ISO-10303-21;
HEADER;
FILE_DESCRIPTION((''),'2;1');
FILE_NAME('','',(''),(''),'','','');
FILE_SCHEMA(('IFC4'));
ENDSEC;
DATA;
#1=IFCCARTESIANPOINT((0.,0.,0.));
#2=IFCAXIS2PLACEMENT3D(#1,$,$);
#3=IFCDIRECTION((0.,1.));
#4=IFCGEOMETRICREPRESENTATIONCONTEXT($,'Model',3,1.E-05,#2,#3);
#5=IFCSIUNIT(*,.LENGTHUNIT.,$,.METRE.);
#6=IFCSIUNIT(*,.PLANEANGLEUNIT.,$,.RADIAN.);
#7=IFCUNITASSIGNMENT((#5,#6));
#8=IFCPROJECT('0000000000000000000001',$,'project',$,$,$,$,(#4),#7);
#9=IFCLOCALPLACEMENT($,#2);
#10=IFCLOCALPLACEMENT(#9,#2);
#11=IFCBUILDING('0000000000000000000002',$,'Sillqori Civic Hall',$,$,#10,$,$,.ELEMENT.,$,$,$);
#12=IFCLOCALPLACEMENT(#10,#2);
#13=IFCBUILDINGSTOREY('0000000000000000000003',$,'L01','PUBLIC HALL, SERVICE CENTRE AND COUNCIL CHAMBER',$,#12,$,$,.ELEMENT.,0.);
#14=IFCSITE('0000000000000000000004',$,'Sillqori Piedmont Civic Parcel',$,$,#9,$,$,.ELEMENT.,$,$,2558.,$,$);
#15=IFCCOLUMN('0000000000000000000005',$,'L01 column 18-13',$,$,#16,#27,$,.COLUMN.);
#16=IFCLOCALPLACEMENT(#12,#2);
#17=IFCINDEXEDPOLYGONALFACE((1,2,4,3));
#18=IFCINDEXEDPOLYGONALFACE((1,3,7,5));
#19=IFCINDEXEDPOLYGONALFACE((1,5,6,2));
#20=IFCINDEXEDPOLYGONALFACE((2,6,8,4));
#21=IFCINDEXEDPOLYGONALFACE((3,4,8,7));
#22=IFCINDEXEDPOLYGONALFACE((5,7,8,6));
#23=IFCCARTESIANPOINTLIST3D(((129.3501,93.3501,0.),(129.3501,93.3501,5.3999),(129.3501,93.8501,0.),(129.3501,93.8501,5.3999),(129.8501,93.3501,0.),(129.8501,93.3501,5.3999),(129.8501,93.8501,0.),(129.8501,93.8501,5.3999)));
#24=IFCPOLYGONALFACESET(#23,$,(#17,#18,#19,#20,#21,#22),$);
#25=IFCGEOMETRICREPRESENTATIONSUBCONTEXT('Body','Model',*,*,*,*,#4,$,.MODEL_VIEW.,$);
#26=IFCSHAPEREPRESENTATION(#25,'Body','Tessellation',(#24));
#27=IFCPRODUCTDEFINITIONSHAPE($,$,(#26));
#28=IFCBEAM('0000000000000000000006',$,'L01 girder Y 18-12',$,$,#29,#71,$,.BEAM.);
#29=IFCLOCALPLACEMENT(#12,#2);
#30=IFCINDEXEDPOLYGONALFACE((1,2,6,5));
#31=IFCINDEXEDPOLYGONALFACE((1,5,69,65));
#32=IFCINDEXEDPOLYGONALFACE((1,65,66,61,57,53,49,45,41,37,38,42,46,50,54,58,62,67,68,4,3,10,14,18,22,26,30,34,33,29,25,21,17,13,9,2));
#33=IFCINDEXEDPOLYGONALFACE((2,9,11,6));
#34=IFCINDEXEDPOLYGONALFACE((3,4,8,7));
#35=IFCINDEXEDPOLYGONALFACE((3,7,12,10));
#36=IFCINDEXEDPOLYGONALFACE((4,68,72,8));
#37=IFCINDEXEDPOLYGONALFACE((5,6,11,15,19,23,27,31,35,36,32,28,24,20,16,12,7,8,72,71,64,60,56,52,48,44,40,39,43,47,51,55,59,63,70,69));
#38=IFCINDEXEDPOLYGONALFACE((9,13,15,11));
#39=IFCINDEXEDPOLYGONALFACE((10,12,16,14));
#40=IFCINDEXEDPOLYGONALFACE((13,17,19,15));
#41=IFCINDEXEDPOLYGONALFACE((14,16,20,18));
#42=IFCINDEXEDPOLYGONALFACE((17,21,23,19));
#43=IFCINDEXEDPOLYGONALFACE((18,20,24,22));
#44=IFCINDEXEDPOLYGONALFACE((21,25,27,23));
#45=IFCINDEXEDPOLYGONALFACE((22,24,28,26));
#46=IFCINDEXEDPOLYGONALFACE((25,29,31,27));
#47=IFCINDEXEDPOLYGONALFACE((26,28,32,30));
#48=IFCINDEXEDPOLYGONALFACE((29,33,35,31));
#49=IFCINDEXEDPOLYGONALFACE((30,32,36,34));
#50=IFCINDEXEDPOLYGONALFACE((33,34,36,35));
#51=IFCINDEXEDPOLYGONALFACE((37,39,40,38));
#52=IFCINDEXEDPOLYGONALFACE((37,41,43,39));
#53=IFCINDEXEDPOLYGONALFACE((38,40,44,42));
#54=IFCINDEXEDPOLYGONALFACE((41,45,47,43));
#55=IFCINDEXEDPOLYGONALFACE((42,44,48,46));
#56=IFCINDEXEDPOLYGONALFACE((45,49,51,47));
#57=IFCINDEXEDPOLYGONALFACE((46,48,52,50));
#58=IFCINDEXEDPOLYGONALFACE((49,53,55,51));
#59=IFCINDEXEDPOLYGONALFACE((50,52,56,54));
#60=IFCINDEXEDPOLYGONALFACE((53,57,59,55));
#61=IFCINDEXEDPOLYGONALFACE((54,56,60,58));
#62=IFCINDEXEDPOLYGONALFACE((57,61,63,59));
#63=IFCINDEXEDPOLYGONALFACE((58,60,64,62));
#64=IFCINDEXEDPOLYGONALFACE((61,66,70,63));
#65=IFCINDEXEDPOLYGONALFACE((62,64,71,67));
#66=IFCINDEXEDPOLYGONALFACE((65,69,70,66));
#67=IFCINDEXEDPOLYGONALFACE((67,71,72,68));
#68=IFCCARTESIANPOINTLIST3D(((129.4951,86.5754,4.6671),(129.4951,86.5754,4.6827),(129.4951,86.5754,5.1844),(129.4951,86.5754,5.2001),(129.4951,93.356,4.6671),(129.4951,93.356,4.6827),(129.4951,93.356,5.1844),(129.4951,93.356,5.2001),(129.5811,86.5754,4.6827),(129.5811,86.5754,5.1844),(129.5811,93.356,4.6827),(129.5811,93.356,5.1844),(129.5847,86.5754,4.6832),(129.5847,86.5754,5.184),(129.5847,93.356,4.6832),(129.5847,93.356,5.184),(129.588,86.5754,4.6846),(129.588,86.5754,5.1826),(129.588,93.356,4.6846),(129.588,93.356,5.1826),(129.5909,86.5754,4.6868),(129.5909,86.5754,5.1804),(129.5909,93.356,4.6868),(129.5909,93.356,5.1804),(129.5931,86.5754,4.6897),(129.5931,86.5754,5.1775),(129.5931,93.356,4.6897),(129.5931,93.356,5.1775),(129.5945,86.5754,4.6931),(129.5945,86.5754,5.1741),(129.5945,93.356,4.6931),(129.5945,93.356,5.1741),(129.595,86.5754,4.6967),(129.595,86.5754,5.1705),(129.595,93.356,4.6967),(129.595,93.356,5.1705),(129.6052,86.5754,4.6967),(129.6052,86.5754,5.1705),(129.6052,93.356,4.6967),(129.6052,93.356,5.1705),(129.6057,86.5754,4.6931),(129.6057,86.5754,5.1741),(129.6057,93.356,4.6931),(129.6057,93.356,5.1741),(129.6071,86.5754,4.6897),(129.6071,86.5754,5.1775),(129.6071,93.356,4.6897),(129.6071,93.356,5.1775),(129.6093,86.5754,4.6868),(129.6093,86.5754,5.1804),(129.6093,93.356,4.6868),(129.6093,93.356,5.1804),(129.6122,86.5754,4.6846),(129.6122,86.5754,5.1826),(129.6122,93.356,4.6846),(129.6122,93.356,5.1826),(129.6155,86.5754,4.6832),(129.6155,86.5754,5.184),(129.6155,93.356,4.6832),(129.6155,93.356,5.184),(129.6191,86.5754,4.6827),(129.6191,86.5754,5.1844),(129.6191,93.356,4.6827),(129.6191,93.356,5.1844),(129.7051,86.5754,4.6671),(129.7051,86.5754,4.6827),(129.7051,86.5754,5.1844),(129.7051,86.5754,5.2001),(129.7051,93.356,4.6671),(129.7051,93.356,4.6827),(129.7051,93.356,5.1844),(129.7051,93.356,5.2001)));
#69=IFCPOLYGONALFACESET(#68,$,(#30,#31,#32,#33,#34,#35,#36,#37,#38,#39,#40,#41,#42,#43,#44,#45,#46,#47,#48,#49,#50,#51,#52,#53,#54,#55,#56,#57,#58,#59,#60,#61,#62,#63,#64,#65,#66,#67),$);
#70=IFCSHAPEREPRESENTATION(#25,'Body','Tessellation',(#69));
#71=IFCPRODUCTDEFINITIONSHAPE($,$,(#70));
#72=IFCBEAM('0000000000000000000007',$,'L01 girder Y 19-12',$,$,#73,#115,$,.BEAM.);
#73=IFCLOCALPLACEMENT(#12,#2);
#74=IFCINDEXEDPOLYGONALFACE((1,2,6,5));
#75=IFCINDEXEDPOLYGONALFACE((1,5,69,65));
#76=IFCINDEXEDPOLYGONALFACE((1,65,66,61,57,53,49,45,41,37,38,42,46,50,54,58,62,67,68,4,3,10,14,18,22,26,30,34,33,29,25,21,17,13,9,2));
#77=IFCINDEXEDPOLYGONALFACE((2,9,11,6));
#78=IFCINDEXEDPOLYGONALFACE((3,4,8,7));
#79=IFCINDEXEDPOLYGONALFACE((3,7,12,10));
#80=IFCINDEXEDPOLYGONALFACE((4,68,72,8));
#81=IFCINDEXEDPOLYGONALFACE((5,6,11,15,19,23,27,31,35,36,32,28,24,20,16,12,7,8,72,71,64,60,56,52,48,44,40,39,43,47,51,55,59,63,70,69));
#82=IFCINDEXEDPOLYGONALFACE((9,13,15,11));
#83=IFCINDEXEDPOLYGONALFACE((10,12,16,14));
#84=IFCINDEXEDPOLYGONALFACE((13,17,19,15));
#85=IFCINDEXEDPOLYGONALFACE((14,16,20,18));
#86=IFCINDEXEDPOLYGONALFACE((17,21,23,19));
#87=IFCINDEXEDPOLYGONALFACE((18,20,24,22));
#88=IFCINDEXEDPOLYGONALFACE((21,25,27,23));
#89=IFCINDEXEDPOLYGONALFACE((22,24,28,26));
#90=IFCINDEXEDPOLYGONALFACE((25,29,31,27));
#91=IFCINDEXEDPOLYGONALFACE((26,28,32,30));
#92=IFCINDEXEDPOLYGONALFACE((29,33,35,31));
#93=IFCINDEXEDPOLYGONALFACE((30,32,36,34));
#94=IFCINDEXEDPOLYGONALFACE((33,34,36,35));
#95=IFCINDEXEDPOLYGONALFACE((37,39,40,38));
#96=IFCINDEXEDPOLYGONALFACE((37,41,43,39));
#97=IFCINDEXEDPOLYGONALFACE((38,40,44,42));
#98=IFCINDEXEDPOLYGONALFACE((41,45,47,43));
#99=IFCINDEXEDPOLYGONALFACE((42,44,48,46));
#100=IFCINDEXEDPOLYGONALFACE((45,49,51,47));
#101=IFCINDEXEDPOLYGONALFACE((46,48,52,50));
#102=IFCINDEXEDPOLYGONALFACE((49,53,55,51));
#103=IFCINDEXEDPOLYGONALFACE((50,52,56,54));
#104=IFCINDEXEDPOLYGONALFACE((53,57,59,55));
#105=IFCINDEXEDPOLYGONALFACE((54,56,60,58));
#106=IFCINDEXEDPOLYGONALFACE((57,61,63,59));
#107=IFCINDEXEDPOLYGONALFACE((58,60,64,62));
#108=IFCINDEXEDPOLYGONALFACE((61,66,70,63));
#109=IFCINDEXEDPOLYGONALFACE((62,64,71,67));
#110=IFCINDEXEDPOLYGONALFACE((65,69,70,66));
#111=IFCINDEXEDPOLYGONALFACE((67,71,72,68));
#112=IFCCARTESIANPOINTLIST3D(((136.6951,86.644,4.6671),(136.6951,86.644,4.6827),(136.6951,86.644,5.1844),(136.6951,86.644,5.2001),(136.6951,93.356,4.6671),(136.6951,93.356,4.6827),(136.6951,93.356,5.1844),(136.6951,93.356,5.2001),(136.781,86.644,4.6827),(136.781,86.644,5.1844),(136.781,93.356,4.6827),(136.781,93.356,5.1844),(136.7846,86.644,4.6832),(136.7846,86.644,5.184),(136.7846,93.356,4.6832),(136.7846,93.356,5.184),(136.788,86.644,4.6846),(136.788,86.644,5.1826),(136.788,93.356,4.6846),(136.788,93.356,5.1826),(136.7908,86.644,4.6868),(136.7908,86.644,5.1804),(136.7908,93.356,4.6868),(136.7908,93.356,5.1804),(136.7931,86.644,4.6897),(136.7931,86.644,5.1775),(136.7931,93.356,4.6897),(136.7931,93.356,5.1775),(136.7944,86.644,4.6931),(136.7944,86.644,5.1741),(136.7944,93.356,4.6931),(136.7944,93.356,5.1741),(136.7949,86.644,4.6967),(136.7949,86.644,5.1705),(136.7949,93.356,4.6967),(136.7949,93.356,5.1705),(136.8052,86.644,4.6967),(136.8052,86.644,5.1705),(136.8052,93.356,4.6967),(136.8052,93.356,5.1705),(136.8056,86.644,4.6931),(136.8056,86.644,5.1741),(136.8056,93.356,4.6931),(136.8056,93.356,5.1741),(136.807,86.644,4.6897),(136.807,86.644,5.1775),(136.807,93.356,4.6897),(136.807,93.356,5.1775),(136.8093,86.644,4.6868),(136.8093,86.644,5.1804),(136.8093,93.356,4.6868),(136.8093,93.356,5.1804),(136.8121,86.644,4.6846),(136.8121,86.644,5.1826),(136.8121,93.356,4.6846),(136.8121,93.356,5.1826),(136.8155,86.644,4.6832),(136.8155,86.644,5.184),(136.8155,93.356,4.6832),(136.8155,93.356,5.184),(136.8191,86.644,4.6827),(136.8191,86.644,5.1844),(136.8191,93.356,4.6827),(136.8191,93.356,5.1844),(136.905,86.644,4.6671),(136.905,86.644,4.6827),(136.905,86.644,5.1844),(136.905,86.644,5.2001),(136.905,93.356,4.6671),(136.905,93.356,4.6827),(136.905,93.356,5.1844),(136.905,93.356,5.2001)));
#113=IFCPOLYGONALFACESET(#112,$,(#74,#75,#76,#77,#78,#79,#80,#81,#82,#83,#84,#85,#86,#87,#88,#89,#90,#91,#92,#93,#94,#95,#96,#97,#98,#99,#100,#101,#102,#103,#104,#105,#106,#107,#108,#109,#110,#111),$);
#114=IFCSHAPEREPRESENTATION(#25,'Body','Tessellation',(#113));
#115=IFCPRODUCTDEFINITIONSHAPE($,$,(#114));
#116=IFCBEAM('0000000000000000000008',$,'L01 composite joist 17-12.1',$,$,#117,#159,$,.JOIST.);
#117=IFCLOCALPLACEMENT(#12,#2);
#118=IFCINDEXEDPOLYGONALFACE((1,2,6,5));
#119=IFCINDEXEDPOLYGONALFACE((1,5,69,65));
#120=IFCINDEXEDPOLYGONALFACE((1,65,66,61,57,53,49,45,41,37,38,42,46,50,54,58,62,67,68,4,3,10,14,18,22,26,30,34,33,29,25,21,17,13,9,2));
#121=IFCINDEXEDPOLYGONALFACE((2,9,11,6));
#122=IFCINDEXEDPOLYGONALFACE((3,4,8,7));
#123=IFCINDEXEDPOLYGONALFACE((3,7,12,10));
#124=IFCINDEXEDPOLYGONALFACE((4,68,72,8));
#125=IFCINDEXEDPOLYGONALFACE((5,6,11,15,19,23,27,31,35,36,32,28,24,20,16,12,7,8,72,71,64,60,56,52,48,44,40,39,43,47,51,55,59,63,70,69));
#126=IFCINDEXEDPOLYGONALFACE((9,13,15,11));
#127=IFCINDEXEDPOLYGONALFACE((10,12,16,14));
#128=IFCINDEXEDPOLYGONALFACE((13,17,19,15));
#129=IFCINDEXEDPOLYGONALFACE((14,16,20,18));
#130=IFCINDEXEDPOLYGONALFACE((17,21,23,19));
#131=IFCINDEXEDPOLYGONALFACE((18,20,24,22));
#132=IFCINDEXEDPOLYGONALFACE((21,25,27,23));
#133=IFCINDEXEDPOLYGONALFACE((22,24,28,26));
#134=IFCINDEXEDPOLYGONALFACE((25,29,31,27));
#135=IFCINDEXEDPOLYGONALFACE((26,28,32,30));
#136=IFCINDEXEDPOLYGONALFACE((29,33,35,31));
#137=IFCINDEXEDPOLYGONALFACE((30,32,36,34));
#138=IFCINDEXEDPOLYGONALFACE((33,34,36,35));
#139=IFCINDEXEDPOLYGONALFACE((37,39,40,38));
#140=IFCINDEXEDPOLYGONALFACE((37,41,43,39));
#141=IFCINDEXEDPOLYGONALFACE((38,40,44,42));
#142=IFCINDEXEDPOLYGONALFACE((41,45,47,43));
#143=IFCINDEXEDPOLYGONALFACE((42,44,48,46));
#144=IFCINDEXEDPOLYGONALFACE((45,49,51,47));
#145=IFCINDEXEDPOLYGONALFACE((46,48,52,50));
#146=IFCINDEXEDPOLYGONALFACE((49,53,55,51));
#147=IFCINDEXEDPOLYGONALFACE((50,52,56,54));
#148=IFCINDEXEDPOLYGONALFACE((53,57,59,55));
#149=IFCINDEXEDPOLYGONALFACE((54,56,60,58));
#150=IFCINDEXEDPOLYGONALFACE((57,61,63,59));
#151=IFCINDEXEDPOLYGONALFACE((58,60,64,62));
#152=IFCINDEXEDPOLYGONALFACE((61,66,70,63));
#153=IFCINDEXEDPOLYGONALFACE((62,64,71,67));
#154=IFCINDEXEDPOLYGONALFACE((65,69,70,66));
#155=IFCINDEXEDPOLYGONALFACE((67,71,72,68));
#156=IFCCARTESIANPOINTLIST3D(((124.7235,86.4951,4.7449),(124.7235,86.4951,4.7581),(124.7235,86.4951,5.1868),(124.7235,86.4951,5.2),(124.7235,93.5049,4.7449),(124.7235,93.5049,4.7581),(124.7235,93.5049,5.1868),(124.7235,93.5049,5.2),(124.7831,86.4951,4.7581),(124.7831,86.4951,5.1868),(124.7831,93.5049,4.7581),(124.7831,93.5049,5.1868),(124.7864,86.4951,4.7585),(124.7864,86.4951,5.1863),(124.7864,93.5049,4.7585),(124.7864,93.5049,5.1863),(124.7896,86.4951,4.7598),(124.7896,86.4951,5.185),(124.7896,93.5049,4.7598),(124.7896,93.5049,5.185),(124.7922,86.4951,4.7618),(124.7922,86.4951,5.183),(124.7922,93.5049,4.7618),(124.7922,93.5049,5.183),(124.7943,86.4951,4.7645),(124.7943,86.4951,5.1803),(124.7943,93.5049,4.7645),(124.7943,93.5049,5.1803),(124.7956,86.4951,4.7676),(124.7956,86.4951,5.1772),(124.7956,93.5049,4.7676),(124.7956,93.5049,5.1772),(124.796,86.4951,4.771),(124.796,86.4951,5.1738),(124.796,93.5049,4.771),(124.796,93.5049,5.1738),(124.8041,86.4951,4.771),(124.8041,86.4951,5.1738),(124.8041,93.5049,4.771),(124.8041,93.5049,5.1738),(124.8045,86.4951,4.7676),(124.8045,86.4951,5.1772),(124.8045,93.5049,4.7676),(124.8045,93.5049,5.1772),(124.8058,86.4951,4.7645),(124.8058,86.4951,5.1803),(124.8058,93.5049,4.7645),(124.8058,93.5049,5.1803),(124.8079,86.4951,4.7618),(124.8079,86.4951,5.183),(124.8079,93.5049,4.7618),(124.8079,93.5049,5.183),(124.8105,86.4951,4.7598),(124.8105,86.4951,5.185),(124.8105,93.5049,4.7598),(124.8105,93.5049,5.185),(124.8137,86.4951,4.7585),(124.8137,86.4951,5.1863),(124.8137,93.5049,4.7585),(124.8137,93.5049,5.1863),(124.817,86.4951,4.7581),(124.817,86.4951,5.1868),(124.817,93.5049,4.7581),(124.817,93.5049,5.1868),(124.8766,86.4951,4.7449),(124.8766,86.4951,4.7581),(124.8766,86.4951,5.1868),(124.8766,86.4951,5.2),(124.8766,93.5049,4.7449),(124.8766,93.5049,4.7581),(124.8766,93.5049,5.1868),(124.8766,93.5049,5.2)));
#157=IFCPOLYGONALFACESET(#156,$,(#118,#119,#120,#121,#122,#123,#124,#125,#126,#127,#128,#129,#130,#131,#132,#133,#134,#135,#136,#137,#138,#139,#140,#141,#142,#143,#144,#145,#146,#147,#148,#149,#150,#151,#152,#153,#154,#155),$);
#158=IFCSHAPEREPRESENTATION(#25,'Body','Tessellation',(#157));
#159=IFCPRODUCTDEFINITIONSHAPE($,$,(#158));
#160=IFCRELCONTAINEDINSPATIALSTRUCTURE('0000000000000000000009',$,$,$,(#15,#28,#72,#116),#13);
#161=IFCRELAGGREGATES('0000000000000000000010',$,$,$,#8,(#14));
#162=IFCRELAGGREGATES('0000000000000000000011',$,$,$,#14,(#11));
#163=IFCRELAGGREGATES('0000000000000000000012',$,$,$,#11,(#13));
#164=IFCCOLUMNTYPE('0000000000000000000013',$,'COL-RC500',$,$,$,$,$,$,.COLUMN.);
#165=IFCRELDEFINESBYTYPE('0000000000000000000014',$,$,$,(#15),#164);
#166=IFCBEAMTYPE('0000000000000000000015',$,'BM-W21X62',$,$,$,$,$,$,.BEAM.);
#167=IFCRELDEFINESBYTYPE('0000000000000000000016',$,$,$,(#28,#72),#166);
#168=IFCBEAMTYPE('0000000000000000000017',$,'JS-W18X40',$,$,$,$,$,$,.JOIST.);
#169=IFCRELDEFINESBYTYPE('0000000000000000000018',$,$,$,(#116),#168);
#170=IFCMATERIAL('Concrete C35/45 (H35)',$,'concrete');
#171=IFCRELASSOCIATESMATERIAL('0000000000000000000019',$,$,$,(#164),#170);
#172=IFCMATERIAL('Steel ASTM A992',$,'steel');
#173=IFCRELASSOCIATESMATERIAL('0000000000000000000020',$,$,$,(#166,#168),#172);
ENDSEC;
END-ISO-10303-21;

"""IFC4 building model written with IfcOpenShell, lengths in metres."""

from ifc_helpers import new_model, si_unit, direction, frame, origin, origin_2d, place, context, subcontext, project, spatial, rectangle, i_section, extrude, material, material_profile, profile_set, type_object, element, save


model = new_model("IFC4")

# Units and contexts
model_context = context("Model", 3, precision=1e-05, world=origin(), true_north=direction((0.0, 1.0)))
body_context = subcontext(model_context, "Body", "Model", "MODEL_VIEW")
ifc_project = project(units=[si_unit("LENGTHUNIT", "METRE"), si_unit("PLANEANGLEUNIT", "RADIAN")], contexts=[model_context])

# Site, building, storey
site_placement = place(None, origin())
site = spatial("IfcSite", under=ifc_project, at=site_placement, Name="Sillqori Piedmont Civic Parcel", CompositionType="ELEMENT", RefElevation=2558.0)
building_placement = place(site_placement, origin())
building = spatial("IfcBuilding", under=site, at=building_placement, Name="Sillqori Civic Hall", CompositionType="ELEMENT")
storey_placement = place(building_placement, origin())
storey = spatial("IfcBuildingStorey", under=building, at=storey_placement, Name="L01", Description="PUBLIC HALL, SERVICE CENTRE AND COUNCIL CHAMBER", CompositionType="ELEMENT", Elevation=0.0)

# Column
ifc_material_1 = material(Name="Concrete C35/45 (H35)", Category="concrete")
ifc_material_profile_1 = material_profile(ifc_material_1, rectangle(XDim=0.5, YDim=0.5, at=origin_2d()), Name="RC 500x500")
ifc_profile_set_1 = profile_set([ifc_material_profile_1], Name="Concrete C35/45 (H35)")
column_type = type_object("IfcColumnType", Name="COL-RC500", PredefinedType="COLUMN", material=ifc_profile_set_1)
column_placement = place(storey_placement, frame((129.6001, 93.6001, 0.0), z_axis=(0.0, 0.0, 1.0), x_axis=(1.0, 0.0, 0.0)))
element("IfcColumn", 1, at=column_placement, inside=storey, type_object=column_type, Name="L01 column 18-13", PredefinedType="COLUMN", context=body_context, shape_type="SweptSolid", body=[
    extrude(rectangle(XDim=0.5, YDim=0.5, at=origin_2d()), origin(), (0.0, 0.0, 1.0), 5.3999),
])

# Beams
ifc_material_2 = material(Name="Steel ASTM A992", Category="steel")
ifc_material_profile_2 = material_profile(ifc_material_2, i_section(OverallWidth=0.21, OverallDepth=0.533, WebThickness=0.0103, FlangeThickness=0.0156, FilletRadius=0.0139, at=origin_2d()), Name="W21X62")
ifc_profile_set_2 = profile_set([ifc_material_profile_2], Name="Steel ASTM A992")
beam_type_1 = type_object("IfcBeamType", Name="BM-W21X62", PredefinedType="BEAM", material=ifc_profile_set_2)
beam_1_placement = place(storey_placement, frame((129.6001, 86.5754, 4.9336), z_axis=(0.0, 1.0, 0.0), x_axis=(-1.0, 0.0, 0.0)))
element("IfcBeam", 2, at=beam_1_placement, inside=storey, type_object=beam_type_1, Name="L01 girder Y 18-12", PredefinedType="BEAM", context=body_context, shape_type="SweptSolid", body=[
    extrude(i_section(OverallWidth=0.21, OverallDepth=0.533, WebThickness=0.0103, FlangeThickness=0.0156, FilletRadius=0.0139, at=origin_2d()), origin(), (0.0, 0.0, 1.0), 6.7805),
])
beam_2_placement = place(storey_placement, frame((136.8, 86.644, 4.9336), z_axis=(0.0, 1.0, 0.0), x_axis=(-1.0, 0.0, 0.0)))
element("IfcBeam", 3, at=beam_2_placement, inside=storey, type_object=beam_type_1, Name="L01 girder Y 19-12", PredefinedType="BEAM", context=body_context, shape_type="SweptSolid", body=[
    extrude(i_section(OverallWidth=0.21, OverallDepth=0.533, WebThickness=0.0103, FlangeThickness=0.0156, FilletRadius=0.0139, at=origin_2d()), origin(), (0.0, 0.0, 1.0), 6.7119),
])

# Beam
ifc_material_profile_3 = material_profile(ifc_material_2, i_section(OverallWidth=0.1531, OverallDepth=0.4551, WebThickness=0.0081, FlangeThickness=0.0132, FilletRadius=0.0129, at=origin_2d()), Name="W18X40")
ifc_profile_set_3 = profile_set([ifc_material_profile_3], Name="Steel ASTM A992")
beam_type_2 = type_object("IfcBeamType", Name="JS-W18X40", PredefinedType="JOIST", material=ifc_profile_set_3)
for number, where, z_axis, x_axis, name in (
    (4, (124.8, 86.4951, 4.9724), (0.0, 1.0, 0.0), (-1.0, 0.0, 0.0), "L01 composite joist 17-12.1"),
):
    element("IfcBeam", number, at=place(storey_placement, frame(where, z_axis=z_axis, x_axis=x_axis)), inside=storey, type_object=beam_type_2, Name=name, PredefinedType="JOIST", context=body_context, shape_type="SweptSolid", body=[
        extrude(i_section(OverallWidth=0.1531, OverallDepth=0.4551, WebThickness=0.0081, FlangeThickness=0.0132, FilletRadius=0.0129, at=origin_2d()), origin(), (0.0, 0.0, 1.0), 7.0098),
    ])

save(model, "model.ifc")
